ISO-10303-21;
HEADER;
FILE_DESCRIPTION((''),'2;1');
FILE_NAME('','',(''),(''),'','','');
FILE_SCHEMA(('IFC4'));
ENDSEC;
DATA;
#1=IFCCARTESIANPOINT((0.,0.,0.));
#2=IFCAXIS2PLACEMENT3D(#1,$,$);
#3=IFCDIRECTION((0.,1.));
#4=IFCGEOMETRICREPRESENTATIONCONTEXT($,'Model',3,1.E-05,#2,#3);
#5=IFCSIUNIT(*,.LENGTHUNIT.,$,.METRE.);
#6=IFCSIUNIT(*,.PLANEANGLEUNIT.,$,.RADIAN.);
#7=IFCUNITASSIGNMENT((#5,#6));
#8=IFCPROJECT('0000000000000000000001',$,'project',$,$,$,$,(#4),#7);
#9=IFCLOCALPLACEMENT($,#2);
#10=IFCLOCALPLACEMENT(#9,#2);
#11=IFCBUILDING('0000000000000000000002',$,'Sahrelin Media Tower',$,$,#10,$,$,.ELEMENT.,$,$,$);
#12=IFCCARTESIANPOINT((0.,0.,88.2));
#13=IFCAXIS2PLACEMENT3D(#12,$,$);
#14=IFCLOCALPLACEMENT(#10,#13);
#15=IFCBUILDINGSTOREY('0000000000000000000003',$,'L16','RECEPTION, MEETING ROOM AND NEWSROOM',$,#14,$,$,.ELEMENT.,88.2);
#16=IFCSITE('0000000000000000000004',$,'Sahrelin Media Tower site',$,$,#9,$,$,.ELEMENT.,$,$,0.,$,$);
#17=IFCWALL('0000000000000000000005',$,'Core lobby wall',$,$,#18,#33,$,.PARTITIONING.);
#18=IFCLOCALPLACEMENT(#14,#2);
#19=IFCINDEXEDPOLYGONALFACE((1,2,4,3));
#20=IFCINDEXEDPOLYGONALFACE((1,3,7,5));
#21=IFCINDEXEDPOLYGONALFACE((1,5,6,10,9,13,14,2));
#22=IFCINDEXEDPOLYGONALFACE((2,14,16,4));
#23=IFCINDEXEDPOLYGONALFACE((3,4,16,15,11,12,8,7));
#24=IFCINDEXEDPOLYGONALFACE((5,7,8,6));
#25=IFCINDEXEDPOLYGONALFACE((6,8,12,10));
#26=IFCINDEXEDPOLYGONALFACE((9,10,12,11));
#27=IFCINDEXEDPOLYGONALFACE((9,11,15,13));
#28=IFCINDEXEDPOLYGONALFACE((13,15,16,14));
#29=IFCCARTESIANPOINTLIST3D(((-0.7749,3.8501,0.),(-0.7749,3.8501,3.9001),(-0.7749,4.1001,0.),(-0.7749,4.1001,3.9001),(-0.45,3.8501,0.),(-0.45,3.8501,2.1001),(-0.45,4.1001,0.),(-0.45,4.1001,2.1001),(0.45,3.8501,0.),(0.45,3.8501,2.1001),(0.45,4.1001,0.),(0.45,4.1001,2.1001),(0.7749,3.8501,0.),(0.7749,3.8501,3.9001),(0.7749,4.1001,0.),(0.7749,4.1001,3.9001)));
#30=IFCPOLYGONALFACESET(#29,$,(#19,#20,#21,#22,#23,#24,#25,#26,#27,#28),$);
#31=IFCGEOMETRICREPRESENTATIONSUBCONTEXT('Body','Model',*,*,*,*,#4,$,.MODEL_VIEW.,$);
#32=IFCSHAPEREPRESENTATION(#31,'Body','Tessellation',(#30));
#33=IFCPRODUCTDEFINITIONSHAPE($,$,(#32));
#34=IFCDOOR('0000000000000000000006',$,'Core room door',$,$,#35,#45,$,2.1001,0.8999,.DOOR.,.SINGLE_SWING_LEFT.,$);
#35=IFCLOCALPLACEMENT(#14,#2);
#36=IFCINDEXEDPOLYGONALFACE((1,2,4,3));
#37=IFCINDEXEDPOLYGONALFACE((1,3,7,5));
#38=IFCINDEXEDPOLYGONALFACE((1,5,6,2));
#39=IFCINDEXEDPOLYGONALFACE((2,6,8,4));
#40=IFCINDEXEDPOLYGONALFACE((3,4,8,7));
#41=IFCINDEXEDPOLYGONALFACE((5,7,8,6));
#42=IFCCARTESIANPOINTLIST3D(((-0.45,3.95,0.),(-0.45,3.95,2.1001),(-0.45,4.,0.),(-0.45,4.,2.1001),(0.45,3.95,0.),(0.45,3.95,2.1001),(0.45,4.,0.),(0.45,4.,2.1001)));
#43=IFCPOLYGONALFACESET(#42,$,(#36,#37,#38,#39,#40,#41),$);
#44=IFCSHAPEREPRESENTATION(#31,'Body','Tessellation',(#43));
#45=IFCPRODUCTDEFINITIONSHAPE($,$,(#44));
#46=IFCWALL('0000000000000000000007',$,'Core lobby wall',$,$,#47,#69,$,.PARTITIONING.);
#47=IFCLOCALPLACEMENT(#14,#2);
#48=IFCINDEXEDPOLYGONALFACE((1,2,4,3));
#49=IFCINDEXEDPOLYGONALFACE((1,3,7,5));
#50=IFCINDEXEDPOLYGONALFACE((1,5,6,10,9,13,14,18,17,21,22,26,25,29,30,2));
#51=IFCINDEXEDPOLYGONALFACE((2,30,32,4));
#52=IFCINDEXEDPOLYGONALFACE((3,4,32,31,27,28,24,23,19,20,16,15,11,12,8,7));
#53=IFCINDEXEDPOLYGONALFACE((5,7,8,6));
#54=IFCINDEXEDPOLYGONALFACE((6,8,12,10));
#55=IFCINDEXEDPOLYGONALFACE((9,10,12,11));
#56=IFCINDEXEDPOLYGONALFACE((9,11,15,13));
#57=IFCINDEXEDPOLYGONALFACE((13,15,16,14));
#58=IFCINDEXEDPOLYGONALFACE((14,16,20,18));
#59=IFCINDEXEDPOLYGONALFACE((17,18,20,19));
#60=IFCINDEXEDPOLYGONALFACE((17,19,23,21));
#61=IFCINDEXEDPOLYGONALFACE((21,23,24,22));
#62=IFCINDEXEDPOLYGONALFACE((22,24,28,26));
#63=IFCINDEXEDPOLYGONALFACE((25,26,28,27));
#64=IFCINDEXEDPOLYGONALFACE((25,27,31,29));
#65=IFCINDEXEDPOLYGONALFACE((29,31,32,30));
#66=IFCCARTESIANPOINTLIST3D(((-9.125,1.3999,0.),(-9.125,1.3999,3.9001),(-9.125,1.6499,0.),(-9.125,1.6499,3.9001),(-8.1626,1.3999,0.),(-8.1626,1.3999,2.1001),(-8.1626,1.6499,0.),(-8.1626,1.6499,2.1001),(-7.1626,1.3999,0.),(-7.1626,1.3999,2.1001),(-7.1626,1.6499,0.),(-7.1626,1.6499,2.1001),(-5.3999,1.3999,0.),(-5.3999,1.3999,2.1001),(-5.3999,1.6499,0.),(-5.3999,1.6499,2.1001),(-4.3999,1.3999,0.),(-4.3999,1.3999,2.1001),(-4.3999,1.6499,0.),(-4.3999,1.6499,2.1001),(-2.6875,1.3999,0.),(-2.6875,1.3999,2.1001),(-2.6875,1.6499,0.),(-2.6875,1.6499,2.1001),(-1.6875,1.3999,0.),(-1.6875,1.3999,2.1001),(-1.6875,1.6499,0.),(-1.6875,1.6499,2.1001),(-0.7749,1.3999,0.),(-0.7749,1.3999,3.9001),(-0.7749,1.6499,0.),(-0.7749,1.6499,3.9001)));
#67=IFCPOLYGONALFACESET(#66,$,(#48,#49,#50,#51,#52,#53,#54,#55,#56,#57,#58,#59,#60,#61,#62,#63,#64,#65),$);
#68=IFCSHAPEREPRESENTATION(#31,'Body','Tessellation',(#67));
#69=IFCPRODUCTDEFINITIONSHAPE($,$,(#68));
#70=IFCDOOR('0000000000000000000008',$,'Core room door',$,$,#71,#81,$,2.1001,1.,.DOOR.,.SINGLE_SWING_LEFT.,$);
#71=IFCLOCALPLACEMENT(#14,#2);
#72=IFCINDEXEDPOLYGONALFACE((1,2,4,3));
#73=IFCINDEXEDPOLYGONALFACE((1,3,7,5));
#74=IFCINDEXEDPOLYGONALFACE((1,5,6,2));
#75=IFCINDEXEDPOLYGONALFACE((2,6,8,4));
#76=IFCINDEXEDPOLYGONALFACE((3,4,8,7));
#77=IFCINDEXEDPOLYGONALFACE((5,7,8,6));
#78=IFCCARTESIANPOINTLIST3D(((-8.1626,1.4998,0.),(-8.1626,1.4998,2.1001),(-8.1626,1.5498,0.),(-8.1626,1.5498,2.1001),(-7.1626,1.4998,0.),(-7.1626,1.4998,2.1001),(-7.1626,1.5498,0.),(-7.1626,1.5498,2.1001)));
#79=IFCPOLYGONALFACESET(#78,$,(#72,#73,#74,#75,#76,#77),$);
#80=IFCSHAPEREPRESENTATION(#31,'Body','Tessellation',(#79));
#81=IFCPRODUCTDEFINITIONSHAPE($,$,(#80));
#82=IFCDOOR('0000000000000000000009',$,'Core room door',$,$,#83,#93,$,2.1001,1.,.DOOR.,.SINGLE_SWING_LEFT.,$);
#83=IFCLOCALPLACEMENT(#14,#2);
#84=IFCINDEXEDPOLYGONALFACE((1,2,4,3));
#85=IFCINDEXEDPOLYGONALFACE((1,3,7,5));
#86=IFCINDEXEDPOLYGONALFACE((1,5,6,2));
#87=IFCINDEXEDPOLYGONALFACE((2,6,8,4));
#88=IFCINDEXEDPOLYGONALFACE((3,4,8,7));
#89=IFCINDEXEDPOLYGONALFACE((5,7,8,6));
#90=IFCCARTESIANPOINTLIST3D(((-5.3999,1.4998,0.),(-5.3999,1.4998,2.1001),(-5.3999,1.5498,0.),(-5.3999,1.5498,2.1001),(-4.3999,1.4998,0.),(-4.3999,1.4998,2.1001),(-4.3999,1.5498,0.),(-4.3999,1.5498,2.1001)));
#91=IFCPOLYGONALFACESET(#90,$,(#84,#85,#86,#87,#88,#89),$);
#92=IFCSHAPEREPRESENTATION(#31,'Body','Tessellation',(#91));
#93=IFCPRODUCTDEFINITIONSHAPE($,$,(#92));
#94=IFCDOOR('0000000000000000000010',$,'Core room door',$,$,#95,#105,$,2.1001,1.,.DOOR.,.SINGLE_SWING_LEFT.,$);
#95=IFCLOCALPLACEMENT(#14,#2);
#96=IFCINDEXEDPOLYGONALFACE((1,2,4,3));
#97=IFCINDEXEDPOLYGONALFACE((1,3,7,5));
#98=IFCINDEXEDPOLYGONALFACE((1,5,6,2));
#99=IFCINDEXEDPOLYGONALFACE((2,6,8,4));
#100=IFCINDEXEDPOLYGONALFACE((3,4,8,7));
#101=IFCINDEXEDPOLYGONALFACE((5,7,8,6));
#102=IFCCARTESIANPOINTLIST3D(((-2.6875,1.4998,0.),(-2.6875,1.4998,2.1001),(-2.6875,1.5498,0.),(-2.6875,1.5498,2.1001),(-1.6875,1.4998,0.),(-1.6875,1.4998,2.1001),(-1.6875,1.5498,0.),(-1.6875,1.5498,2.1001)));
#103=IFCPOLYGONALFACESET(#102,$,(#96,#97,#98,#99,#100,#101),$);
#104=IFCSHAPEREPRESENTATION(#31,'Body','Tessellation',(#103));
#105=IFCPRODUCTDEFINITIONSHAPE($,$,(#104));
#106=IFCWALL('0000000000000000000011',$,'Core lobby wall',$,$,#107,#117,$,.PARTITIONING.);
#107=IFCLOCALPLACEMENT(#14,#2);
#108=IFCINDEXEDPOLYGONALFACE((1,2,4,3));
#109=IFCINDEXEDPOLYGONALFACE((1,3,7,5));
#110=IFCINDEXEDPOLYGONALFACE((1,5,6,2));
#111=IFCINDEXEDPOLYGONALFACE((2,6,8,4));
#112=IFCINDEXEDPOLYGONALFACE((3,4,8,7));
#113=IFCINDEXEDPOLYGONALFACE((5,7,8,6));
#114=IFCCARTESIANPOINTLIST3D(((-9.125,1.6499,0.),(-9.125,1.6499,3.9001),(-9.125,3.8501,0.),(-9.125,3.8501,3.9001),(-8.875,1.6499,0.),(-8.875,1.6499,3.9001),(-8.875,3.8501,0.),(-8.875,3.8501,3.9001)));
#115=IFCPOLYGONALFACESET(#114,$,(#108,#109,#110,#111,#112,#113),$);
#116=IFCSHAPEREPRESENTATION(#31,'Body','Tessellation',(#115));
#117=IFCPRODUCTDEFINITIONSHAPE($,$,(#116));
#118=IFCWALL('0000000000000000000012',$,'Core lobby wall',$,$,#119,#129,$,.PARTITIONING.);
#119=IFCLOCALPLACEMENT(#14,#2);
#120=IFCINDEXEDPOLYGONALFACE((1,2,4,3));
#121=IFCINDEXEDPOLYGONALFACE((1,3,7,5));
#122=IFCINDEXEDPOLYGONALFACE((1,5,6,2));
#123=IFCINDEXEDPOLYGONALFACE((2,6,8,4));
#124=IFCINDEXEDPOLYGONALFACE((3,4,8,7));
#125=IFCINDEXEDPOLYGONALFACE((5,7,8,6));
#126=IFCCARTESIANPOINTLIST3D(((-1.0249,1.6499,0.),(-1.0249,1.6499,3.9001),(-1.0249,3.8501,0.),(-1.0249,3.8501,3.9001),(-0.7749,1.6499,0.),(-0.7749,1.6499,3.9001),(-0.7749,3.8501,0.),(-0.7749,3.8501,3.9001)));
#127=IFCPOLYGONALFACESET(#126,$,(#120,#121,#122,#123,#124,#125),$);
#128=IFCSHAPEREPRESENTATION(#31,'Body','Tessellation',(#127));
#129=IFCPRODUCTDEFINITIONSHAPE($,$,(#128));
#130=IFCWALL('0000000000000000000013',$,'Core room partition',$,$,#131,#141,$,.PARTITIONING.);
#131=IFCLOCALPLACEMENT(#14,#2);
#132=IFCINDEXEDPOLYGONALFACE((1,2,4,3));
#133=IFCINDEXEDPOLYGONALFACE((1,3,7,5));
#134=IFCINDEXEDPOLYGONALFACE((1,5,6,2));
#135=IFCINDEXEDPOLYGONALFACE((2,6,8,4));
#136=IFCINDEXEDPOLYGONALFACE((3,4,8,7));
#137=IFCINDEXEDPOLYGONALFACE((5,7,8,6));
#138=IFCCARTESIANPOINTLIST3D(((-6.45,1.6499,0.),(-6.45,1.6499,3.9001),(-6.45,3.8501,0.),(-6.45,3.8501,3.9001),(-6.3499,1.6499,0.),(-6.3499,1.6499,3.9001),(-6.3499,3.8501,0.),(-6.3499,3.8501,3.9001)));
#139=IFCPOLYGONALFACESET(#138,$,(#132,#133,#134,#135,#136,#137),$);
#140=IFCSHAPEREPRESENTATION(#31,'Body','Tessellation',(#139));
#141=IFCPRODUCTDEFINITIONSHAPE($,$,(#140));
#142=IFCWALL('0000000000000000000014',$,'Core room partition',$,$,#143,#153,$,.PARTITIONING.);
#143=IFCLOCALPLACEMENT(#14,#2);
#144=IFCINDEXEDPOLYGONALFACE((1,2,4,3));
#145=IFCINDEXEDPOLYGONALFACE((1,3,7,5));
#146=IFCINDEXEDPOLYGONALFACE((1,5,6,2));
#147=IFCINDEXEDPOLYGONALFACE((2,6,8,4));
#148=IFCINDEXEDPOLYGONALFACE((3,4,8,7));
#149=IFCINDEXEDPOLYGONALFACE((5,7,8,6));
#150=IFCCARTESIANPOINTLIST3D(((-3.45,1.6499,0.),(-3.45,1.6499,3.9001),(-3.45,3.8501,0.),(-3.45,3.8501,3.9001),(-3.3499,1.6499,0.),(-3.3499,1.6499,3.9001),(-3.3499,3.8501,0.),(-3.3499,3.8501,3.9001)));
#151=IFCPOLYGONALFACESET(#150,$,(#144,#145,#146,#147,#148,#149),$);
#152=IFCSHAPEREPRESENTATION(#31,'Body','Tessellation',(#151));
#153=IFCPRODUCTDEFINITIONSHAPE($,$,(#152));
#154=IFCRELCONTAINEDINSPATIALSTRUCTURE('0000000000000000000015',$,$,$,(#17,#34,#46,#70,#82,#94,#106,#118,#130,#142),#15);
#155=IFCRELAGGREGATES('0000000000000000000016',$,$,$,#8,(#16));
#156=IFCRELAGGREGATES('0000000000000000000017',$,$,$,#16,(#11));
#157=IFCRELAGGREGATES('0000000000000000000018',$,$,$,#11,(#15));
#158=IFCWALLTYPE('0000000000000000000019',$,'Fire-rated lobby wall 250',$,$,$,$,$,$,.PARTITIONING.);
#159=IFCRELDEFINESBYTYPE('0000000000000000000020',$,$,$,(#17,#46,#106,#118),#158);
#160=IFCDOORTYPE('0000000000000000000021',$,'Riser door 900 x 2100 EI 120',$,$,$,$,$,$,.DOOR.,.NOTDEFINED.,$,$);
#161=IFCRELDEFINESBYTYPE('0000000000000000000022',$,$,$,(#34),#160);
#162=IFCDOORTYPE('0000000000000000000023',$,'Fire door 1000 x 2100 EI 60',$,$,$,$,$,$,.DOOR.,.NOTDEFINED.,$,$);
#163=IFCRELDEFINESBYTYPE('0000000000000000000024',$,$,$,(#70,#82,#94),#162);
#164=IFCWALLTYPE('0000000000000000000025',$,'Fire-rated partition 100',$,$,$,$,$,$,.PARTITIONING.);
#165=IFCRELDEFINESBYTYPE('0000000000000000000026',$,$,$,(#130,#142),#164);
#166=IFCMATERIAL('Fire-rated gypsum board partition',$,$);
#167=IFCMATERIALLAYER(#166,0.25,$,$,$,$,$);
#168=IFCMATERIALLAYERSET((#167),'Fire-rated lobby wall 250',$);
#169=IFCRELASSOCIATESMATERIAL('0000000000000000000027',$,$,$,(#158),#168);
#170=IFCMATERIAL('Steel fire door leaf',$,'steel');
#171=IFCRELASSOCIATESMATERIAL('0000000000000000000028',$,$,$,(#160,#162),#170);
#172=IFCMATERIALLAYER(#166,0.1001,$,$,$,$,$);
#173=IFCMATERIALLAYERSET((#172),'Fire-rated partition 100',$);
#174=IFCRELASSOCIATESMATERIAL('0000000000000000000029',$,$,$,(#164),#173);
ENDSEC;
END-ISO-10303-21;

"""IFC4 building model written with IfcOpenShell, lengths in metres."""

from ifc_helpers import new_model, si_unit, direction, frame, frame_2d, origin, place, context, subcontext, project, spatial, rectangle, extrude, material, layer, layer_set, type_object, element, fill, save


model = new_model("IFC4")

# Units and contexts
model_context = context("Model", 3, precision=1e-05, world=origin(), true_north=direction((0.0, 1.0)))
body_context = subcontext(model_context, "Body", "Model", "MODEL_VIEW")
ifc_project = project(units=[si_unit("LENGTHUNIT", "METRE"), si_unit("PLANEANGLEUNIT", "RADIAN")], contexts=[model_context])

# Site, building, storey
site_placement = place(None, origin())
site = spatial("IfcSite", under=ifc_project, at=site_placement, Name="Sahrelin Media Tower site", CompositionType="ELEMENT", RefElevation=0.0)
building_placement = place(site_placement, origin())
building = spatial("IfcBuilding", under=site, at=building_placement, Name="Sahrelin Media Tower", CompositionType="ELEMENT")
storey_placement = place(building_placement, frame((0.0, 0.0, 88.2)))
storey = spatial("IfcBuildingStorey", under=building, at=storey_placement, Name="L16", Description="RECEPTION, MEETING ROOM AND NEWSROOM", CompositionType="ELEMENT", Elevation=88.2)

# Shared definitions
ifc_material_1 = material(Name="Steel fire door leaf", Category="steel")

# Wall, opening, door
ifc_material_2 = material(Name="Fire-rated gypsum board partition")
ifc_layer_1 = layer(ifc_material_2, 0.25)
ifc_layer_set_1 = layer_set([ifc_layer_1], Name="Fire-rated lobby wall 250")
wall_type_1 = type_object("IfcWallType", Name="Fire-rated lobby wall 250", PredefinedType="PARTITIONING", material=ifc_layer_set_1)
wall_1_placement = place(storey_placement, frame((-0.7749, 3.9751, 0.0), z_axis=(0.0, 0.0, 1.0), x_axis=(1.0, 0.0, 0.0)))
wall_1 = element("IfcWall", 1, at=wall_1_placement, inside=storey, type_object=wall_type_1, Name="Core lobby wall", PredefinedType="PARTITIONING", context=body_context, shape_type="SweptSolid", body=[
    extrude(rectangle(XDim=1.5498, YDim=0.25, at=frame_2d((0.7749, 0.0))), origin(), (0.0, 0.0, 1.0), 3.9001),
])
opening_1_placement = place(wall_1_placement, frame((0.325, 0.0, 0.0)))
opening_1 = element("IfcOpeningElement", 2, at=opening_1_placement, cuts=wall_1, PredefinedType="OPENING", context=body_context, shape_type="SweptSolid", body=[
    extrude(rectangle(XDim=0.8999, YDim=2.1001, at=frame_2d((0.45, 1.05))), frame((0.0, 0.125, 0.0), z_axis=(0.0, -1.0, 0.0), x_axis=(1.0, 0.0, 0.0)), (0.0, 0.0, 1.0), 0.25),
])
door_type_1 = type_object("IfcDoorType", Name="Riser door 900 x 2100 EI 120", OperationType="NOTDEFINED", PredefinedType="DOOR", material=ifc_material_1)
door_1_placement = place(opening_1_placement, origin())
door_1 = element("IfcDoor", 3, at=door_1_placement, inside=storey, type_object=door_type_1, Name="Core room door", OperationType="SINGLE_SWING_LEFT", OverallHeight=2.1001, OverallWidth=0.8999, PredefinedType="DOOR", context=body_context, shape_type="SweptSolid", body=[
    extrude(rectangle(XDim=0.8999, YDim=2.1001, at=frame_2d((0.45, 1.05))), frame((0.0, 0.0249, 0.0), z_axis=(0.0, -1.0, 0.0), x_axis=(1.0, 0.0, 0.0)), (0.0, 0.0, 1.0), 0.05),
])
fill(opening_1, door_1)

# Wall, openings, doors
wall_2_placement = place(storey_placement, frame((-9.125, 1.5249, 0.0), z_axis=(0.0, 0.0, 1.0), x_axis=(1.0, 0.0, 0.0)))
wall_2 = element("IfcWall", 4, at=wall_2_placement, inside=storey, type_object=wall_type_1, Name="Core lobby wall", PredefinedType="PARTITIONING", context=body_context, shape_type="SweptSolid", body=[
    extrude(rectangle(XDim=8.3501, YDim=0.25, at=frame_2d((4.175, 0.0))), origin(), (0.0, 0.0, 1.0), 3.9001),
])
opening_2_placement = place(wall_2_placement, frame((0.9624, 0.0, 0.0)))
opening_2 = element("IfcOpeningElement", 5, at=opening_2_placement, cuts=wall_2, PredefinedType="OPENING", context=body_context, shape_type="SweptSolid", body=[
    extrude(rectangle(XDim=1.0, YDim=2.1001, at=frame_2d((0.5, 1.05))), frame((0.0, 0.125, 0.0), z_axis=(0.0, -1.0, 0.0), x_axis=(1.0, 0.0, 0.0)), (0.0, 0.0, 1.0), 0.25),
])
opening_3_placement = place(wall_2_placement, frame((3.7251, 0.0, 0.0)))
opening_3 = element("IfcOpeningElement", 6, at=opening_3_placement, cuts=wall_2, PredefinedType="OPENING", context=body_context, shape_type="SweptSolid", body=[
    extrude(rectangle(XDim=1.0, YDim=2.1001, at=frame_2d((0.5, 1.05))), frame((0.0, 0.125, 0.0), z_axis=(0.0, -1.0, 0.0), x_axis=(1.0, 0.0, 0.0)), (0.0, 0.0, 1.0), 0.25),
])
opening_4_placement = place(wall_2_placement, frame((6.4375, 0.0, 0.0)))
opening_4 = element("IfcOpeningElement", 7, at=opening_4_placement, cuts=wall_2, PredefinedType="OPENING", context=body_context, shape_type="SweptSolid", body=[
    extrude(rectangle(XDim=1.0, YDim=2.1001, at=frame_2d((0.5, 1.05))), frame((0.0, 0.125, 0.0), z_axis=(0.0, -1.0, 0.0), x_axis=(1.0, 0.0, 0.0)), (0.0, 0.0, 1.0), 0.25),
])
door_type_2 = type_object("IfcDoorType", Name="Fire door 1000 x 2100 EI 60", OperationType="NOTDEFINED", PredefinedType="DOOR", material=ifc_material_1)
door_2_placement = place(opening_2_placement, origin())
door_2 = element("IfcDoor", 8, at=door_2_placement, inside=storey, type_object=door_type_2, Name="Core room door", OperationType="SINGLE_SWING_LEFT", OverallHeight=2.1001, OverallWidth=1.0, PredefinedType="DOOR", context=body_context, shape_type="SweptSolid", body=[
    extrude(rectangle(XDim=1.0, YDim=2.1001, at=frame_2d((0.5, 1.05))), frame((0.0, 0.0249, 0.0), z_axis=(0.0, -1.0, 0.0), x_axis=(1.0, 0.0, 0.0)), (0.0, 0.0, 1.0), 0.05),
])
fill(opening_2, door_2)
door_3_placement = place(opening_3_placement, origin())
door_3 = element("IfcDoor", 9, at=door_3_placement, inside=storey, type_object=door_type_2, Name="Core room door", OperationType="SINGLE_SWING_LEFT", OverallHeight=2.1001, OverallWidth=1.0, PredefinedType="DOOR", context=body_context, shape_type="SweptSolid", body=[
    extrude(rectangle(XDim=1.0, YDim=2.1001, at=frame_2d((0.5, 1.05))), frame((0.0, 0.0249, 0.0), z_axis=(0.0, -1.0, 0.0), x_axis=(1.0, 0.0, 0.0)), (0.0, 0.0, 1.0), 0.05),
])
fill(opening_3, door_3)
door_4_placement = place(opening_4_placement, origin())
door_4 = element("IfcDoor", 10, at=door_4_placement, inside=storey, type_object=door_type_2, Name="Core room door", OperationType="SINGLE_SWING_LEFT", OverallHeight=2.1001, OverallWidth=1.0, PredefinedType="DOOR", context=body_context, shape_type="SweptSolid", body=[
    extrude(rectangle(XDim=1.0, YDim=2.1001, at=frame_2d((0.5, 1.05))), frame((0.0, 0.0249, 0.0), z_axis=(0.0, -1.0, 0.0), x_axis=(1.0, 0.0, 0.0)), (0.0, 0.0, 1.0), 0.05),
])
fill(opening_4, door_4)

# Walls
for number, where, z_axis, x_axis, name in (
    (11, (-9.0, 1.6499, 0.0), (0.0, 0.0, 1.0), (0.0, 1.0, 0.0), "Core lobby wall"),
    (12, (-0.8999, 1.6499, 0.0), (0.0, 0.0, 1.0), (0.0, 1.0, 0.0), "Core lobby wall"),
):
    element("IfcWall", number, at=place(storey_placement, frame(where, z_axis=z_axis, x_axis=x_axis)), inside=storey, type_object=wall_type_1, Name=name, PredefinedType="PARTITIONING", context=body_context, shape_type="SweptSolid", body=[
        extrude(rectangle(XDim=2.2002, YDim=0.25, at=frame_2d((1.1001, 0.0))), origin(), (0.0, 0.0, 1.0), 3.9001),
    ])
ifc_layer_2 = layer(ifc_material_2, 0.1001)
ifc_layer_set_2 = layer_set([ifc_layer_2], Name="Fire-rated partition 100")
wall_type_2 = type_object("IfcWallType", Name="Fire-rated partition 100", PredefinedType="PARTITIONING", material=ifc_layer_set_2)
for number, where, z_axis, x_axis, name in (
    (13, (-6.3999, 1.6499, 0.0), (0.0, 0.0, 1.0), (0.0, 1.0, 0.0), "Core room partition"),
    (14, (-3.3999, 1.6499, 0.0), (0.0, 0.0, 1.0), (0.0, 1.0, 0.0), "Core room partition"),
):
    element("IfcWall", number, at=place(storey_placement, frame(where, z_axis=z_axis, x_axis=x_axis)), inside=storey, type_object=wall_type_2, Name=name, PredefinedType="PARTITIONING", context=body_context, shape_type="SweptSolid", body=[
        extrude(rectangle(XDim=2.2002, YDim=0.1001, at=frame_2d((1.1001, 0.0))), origin(), (0.0, 0.0, 1.0), 3.9001),
    ])

save(model, "model.ifc")
